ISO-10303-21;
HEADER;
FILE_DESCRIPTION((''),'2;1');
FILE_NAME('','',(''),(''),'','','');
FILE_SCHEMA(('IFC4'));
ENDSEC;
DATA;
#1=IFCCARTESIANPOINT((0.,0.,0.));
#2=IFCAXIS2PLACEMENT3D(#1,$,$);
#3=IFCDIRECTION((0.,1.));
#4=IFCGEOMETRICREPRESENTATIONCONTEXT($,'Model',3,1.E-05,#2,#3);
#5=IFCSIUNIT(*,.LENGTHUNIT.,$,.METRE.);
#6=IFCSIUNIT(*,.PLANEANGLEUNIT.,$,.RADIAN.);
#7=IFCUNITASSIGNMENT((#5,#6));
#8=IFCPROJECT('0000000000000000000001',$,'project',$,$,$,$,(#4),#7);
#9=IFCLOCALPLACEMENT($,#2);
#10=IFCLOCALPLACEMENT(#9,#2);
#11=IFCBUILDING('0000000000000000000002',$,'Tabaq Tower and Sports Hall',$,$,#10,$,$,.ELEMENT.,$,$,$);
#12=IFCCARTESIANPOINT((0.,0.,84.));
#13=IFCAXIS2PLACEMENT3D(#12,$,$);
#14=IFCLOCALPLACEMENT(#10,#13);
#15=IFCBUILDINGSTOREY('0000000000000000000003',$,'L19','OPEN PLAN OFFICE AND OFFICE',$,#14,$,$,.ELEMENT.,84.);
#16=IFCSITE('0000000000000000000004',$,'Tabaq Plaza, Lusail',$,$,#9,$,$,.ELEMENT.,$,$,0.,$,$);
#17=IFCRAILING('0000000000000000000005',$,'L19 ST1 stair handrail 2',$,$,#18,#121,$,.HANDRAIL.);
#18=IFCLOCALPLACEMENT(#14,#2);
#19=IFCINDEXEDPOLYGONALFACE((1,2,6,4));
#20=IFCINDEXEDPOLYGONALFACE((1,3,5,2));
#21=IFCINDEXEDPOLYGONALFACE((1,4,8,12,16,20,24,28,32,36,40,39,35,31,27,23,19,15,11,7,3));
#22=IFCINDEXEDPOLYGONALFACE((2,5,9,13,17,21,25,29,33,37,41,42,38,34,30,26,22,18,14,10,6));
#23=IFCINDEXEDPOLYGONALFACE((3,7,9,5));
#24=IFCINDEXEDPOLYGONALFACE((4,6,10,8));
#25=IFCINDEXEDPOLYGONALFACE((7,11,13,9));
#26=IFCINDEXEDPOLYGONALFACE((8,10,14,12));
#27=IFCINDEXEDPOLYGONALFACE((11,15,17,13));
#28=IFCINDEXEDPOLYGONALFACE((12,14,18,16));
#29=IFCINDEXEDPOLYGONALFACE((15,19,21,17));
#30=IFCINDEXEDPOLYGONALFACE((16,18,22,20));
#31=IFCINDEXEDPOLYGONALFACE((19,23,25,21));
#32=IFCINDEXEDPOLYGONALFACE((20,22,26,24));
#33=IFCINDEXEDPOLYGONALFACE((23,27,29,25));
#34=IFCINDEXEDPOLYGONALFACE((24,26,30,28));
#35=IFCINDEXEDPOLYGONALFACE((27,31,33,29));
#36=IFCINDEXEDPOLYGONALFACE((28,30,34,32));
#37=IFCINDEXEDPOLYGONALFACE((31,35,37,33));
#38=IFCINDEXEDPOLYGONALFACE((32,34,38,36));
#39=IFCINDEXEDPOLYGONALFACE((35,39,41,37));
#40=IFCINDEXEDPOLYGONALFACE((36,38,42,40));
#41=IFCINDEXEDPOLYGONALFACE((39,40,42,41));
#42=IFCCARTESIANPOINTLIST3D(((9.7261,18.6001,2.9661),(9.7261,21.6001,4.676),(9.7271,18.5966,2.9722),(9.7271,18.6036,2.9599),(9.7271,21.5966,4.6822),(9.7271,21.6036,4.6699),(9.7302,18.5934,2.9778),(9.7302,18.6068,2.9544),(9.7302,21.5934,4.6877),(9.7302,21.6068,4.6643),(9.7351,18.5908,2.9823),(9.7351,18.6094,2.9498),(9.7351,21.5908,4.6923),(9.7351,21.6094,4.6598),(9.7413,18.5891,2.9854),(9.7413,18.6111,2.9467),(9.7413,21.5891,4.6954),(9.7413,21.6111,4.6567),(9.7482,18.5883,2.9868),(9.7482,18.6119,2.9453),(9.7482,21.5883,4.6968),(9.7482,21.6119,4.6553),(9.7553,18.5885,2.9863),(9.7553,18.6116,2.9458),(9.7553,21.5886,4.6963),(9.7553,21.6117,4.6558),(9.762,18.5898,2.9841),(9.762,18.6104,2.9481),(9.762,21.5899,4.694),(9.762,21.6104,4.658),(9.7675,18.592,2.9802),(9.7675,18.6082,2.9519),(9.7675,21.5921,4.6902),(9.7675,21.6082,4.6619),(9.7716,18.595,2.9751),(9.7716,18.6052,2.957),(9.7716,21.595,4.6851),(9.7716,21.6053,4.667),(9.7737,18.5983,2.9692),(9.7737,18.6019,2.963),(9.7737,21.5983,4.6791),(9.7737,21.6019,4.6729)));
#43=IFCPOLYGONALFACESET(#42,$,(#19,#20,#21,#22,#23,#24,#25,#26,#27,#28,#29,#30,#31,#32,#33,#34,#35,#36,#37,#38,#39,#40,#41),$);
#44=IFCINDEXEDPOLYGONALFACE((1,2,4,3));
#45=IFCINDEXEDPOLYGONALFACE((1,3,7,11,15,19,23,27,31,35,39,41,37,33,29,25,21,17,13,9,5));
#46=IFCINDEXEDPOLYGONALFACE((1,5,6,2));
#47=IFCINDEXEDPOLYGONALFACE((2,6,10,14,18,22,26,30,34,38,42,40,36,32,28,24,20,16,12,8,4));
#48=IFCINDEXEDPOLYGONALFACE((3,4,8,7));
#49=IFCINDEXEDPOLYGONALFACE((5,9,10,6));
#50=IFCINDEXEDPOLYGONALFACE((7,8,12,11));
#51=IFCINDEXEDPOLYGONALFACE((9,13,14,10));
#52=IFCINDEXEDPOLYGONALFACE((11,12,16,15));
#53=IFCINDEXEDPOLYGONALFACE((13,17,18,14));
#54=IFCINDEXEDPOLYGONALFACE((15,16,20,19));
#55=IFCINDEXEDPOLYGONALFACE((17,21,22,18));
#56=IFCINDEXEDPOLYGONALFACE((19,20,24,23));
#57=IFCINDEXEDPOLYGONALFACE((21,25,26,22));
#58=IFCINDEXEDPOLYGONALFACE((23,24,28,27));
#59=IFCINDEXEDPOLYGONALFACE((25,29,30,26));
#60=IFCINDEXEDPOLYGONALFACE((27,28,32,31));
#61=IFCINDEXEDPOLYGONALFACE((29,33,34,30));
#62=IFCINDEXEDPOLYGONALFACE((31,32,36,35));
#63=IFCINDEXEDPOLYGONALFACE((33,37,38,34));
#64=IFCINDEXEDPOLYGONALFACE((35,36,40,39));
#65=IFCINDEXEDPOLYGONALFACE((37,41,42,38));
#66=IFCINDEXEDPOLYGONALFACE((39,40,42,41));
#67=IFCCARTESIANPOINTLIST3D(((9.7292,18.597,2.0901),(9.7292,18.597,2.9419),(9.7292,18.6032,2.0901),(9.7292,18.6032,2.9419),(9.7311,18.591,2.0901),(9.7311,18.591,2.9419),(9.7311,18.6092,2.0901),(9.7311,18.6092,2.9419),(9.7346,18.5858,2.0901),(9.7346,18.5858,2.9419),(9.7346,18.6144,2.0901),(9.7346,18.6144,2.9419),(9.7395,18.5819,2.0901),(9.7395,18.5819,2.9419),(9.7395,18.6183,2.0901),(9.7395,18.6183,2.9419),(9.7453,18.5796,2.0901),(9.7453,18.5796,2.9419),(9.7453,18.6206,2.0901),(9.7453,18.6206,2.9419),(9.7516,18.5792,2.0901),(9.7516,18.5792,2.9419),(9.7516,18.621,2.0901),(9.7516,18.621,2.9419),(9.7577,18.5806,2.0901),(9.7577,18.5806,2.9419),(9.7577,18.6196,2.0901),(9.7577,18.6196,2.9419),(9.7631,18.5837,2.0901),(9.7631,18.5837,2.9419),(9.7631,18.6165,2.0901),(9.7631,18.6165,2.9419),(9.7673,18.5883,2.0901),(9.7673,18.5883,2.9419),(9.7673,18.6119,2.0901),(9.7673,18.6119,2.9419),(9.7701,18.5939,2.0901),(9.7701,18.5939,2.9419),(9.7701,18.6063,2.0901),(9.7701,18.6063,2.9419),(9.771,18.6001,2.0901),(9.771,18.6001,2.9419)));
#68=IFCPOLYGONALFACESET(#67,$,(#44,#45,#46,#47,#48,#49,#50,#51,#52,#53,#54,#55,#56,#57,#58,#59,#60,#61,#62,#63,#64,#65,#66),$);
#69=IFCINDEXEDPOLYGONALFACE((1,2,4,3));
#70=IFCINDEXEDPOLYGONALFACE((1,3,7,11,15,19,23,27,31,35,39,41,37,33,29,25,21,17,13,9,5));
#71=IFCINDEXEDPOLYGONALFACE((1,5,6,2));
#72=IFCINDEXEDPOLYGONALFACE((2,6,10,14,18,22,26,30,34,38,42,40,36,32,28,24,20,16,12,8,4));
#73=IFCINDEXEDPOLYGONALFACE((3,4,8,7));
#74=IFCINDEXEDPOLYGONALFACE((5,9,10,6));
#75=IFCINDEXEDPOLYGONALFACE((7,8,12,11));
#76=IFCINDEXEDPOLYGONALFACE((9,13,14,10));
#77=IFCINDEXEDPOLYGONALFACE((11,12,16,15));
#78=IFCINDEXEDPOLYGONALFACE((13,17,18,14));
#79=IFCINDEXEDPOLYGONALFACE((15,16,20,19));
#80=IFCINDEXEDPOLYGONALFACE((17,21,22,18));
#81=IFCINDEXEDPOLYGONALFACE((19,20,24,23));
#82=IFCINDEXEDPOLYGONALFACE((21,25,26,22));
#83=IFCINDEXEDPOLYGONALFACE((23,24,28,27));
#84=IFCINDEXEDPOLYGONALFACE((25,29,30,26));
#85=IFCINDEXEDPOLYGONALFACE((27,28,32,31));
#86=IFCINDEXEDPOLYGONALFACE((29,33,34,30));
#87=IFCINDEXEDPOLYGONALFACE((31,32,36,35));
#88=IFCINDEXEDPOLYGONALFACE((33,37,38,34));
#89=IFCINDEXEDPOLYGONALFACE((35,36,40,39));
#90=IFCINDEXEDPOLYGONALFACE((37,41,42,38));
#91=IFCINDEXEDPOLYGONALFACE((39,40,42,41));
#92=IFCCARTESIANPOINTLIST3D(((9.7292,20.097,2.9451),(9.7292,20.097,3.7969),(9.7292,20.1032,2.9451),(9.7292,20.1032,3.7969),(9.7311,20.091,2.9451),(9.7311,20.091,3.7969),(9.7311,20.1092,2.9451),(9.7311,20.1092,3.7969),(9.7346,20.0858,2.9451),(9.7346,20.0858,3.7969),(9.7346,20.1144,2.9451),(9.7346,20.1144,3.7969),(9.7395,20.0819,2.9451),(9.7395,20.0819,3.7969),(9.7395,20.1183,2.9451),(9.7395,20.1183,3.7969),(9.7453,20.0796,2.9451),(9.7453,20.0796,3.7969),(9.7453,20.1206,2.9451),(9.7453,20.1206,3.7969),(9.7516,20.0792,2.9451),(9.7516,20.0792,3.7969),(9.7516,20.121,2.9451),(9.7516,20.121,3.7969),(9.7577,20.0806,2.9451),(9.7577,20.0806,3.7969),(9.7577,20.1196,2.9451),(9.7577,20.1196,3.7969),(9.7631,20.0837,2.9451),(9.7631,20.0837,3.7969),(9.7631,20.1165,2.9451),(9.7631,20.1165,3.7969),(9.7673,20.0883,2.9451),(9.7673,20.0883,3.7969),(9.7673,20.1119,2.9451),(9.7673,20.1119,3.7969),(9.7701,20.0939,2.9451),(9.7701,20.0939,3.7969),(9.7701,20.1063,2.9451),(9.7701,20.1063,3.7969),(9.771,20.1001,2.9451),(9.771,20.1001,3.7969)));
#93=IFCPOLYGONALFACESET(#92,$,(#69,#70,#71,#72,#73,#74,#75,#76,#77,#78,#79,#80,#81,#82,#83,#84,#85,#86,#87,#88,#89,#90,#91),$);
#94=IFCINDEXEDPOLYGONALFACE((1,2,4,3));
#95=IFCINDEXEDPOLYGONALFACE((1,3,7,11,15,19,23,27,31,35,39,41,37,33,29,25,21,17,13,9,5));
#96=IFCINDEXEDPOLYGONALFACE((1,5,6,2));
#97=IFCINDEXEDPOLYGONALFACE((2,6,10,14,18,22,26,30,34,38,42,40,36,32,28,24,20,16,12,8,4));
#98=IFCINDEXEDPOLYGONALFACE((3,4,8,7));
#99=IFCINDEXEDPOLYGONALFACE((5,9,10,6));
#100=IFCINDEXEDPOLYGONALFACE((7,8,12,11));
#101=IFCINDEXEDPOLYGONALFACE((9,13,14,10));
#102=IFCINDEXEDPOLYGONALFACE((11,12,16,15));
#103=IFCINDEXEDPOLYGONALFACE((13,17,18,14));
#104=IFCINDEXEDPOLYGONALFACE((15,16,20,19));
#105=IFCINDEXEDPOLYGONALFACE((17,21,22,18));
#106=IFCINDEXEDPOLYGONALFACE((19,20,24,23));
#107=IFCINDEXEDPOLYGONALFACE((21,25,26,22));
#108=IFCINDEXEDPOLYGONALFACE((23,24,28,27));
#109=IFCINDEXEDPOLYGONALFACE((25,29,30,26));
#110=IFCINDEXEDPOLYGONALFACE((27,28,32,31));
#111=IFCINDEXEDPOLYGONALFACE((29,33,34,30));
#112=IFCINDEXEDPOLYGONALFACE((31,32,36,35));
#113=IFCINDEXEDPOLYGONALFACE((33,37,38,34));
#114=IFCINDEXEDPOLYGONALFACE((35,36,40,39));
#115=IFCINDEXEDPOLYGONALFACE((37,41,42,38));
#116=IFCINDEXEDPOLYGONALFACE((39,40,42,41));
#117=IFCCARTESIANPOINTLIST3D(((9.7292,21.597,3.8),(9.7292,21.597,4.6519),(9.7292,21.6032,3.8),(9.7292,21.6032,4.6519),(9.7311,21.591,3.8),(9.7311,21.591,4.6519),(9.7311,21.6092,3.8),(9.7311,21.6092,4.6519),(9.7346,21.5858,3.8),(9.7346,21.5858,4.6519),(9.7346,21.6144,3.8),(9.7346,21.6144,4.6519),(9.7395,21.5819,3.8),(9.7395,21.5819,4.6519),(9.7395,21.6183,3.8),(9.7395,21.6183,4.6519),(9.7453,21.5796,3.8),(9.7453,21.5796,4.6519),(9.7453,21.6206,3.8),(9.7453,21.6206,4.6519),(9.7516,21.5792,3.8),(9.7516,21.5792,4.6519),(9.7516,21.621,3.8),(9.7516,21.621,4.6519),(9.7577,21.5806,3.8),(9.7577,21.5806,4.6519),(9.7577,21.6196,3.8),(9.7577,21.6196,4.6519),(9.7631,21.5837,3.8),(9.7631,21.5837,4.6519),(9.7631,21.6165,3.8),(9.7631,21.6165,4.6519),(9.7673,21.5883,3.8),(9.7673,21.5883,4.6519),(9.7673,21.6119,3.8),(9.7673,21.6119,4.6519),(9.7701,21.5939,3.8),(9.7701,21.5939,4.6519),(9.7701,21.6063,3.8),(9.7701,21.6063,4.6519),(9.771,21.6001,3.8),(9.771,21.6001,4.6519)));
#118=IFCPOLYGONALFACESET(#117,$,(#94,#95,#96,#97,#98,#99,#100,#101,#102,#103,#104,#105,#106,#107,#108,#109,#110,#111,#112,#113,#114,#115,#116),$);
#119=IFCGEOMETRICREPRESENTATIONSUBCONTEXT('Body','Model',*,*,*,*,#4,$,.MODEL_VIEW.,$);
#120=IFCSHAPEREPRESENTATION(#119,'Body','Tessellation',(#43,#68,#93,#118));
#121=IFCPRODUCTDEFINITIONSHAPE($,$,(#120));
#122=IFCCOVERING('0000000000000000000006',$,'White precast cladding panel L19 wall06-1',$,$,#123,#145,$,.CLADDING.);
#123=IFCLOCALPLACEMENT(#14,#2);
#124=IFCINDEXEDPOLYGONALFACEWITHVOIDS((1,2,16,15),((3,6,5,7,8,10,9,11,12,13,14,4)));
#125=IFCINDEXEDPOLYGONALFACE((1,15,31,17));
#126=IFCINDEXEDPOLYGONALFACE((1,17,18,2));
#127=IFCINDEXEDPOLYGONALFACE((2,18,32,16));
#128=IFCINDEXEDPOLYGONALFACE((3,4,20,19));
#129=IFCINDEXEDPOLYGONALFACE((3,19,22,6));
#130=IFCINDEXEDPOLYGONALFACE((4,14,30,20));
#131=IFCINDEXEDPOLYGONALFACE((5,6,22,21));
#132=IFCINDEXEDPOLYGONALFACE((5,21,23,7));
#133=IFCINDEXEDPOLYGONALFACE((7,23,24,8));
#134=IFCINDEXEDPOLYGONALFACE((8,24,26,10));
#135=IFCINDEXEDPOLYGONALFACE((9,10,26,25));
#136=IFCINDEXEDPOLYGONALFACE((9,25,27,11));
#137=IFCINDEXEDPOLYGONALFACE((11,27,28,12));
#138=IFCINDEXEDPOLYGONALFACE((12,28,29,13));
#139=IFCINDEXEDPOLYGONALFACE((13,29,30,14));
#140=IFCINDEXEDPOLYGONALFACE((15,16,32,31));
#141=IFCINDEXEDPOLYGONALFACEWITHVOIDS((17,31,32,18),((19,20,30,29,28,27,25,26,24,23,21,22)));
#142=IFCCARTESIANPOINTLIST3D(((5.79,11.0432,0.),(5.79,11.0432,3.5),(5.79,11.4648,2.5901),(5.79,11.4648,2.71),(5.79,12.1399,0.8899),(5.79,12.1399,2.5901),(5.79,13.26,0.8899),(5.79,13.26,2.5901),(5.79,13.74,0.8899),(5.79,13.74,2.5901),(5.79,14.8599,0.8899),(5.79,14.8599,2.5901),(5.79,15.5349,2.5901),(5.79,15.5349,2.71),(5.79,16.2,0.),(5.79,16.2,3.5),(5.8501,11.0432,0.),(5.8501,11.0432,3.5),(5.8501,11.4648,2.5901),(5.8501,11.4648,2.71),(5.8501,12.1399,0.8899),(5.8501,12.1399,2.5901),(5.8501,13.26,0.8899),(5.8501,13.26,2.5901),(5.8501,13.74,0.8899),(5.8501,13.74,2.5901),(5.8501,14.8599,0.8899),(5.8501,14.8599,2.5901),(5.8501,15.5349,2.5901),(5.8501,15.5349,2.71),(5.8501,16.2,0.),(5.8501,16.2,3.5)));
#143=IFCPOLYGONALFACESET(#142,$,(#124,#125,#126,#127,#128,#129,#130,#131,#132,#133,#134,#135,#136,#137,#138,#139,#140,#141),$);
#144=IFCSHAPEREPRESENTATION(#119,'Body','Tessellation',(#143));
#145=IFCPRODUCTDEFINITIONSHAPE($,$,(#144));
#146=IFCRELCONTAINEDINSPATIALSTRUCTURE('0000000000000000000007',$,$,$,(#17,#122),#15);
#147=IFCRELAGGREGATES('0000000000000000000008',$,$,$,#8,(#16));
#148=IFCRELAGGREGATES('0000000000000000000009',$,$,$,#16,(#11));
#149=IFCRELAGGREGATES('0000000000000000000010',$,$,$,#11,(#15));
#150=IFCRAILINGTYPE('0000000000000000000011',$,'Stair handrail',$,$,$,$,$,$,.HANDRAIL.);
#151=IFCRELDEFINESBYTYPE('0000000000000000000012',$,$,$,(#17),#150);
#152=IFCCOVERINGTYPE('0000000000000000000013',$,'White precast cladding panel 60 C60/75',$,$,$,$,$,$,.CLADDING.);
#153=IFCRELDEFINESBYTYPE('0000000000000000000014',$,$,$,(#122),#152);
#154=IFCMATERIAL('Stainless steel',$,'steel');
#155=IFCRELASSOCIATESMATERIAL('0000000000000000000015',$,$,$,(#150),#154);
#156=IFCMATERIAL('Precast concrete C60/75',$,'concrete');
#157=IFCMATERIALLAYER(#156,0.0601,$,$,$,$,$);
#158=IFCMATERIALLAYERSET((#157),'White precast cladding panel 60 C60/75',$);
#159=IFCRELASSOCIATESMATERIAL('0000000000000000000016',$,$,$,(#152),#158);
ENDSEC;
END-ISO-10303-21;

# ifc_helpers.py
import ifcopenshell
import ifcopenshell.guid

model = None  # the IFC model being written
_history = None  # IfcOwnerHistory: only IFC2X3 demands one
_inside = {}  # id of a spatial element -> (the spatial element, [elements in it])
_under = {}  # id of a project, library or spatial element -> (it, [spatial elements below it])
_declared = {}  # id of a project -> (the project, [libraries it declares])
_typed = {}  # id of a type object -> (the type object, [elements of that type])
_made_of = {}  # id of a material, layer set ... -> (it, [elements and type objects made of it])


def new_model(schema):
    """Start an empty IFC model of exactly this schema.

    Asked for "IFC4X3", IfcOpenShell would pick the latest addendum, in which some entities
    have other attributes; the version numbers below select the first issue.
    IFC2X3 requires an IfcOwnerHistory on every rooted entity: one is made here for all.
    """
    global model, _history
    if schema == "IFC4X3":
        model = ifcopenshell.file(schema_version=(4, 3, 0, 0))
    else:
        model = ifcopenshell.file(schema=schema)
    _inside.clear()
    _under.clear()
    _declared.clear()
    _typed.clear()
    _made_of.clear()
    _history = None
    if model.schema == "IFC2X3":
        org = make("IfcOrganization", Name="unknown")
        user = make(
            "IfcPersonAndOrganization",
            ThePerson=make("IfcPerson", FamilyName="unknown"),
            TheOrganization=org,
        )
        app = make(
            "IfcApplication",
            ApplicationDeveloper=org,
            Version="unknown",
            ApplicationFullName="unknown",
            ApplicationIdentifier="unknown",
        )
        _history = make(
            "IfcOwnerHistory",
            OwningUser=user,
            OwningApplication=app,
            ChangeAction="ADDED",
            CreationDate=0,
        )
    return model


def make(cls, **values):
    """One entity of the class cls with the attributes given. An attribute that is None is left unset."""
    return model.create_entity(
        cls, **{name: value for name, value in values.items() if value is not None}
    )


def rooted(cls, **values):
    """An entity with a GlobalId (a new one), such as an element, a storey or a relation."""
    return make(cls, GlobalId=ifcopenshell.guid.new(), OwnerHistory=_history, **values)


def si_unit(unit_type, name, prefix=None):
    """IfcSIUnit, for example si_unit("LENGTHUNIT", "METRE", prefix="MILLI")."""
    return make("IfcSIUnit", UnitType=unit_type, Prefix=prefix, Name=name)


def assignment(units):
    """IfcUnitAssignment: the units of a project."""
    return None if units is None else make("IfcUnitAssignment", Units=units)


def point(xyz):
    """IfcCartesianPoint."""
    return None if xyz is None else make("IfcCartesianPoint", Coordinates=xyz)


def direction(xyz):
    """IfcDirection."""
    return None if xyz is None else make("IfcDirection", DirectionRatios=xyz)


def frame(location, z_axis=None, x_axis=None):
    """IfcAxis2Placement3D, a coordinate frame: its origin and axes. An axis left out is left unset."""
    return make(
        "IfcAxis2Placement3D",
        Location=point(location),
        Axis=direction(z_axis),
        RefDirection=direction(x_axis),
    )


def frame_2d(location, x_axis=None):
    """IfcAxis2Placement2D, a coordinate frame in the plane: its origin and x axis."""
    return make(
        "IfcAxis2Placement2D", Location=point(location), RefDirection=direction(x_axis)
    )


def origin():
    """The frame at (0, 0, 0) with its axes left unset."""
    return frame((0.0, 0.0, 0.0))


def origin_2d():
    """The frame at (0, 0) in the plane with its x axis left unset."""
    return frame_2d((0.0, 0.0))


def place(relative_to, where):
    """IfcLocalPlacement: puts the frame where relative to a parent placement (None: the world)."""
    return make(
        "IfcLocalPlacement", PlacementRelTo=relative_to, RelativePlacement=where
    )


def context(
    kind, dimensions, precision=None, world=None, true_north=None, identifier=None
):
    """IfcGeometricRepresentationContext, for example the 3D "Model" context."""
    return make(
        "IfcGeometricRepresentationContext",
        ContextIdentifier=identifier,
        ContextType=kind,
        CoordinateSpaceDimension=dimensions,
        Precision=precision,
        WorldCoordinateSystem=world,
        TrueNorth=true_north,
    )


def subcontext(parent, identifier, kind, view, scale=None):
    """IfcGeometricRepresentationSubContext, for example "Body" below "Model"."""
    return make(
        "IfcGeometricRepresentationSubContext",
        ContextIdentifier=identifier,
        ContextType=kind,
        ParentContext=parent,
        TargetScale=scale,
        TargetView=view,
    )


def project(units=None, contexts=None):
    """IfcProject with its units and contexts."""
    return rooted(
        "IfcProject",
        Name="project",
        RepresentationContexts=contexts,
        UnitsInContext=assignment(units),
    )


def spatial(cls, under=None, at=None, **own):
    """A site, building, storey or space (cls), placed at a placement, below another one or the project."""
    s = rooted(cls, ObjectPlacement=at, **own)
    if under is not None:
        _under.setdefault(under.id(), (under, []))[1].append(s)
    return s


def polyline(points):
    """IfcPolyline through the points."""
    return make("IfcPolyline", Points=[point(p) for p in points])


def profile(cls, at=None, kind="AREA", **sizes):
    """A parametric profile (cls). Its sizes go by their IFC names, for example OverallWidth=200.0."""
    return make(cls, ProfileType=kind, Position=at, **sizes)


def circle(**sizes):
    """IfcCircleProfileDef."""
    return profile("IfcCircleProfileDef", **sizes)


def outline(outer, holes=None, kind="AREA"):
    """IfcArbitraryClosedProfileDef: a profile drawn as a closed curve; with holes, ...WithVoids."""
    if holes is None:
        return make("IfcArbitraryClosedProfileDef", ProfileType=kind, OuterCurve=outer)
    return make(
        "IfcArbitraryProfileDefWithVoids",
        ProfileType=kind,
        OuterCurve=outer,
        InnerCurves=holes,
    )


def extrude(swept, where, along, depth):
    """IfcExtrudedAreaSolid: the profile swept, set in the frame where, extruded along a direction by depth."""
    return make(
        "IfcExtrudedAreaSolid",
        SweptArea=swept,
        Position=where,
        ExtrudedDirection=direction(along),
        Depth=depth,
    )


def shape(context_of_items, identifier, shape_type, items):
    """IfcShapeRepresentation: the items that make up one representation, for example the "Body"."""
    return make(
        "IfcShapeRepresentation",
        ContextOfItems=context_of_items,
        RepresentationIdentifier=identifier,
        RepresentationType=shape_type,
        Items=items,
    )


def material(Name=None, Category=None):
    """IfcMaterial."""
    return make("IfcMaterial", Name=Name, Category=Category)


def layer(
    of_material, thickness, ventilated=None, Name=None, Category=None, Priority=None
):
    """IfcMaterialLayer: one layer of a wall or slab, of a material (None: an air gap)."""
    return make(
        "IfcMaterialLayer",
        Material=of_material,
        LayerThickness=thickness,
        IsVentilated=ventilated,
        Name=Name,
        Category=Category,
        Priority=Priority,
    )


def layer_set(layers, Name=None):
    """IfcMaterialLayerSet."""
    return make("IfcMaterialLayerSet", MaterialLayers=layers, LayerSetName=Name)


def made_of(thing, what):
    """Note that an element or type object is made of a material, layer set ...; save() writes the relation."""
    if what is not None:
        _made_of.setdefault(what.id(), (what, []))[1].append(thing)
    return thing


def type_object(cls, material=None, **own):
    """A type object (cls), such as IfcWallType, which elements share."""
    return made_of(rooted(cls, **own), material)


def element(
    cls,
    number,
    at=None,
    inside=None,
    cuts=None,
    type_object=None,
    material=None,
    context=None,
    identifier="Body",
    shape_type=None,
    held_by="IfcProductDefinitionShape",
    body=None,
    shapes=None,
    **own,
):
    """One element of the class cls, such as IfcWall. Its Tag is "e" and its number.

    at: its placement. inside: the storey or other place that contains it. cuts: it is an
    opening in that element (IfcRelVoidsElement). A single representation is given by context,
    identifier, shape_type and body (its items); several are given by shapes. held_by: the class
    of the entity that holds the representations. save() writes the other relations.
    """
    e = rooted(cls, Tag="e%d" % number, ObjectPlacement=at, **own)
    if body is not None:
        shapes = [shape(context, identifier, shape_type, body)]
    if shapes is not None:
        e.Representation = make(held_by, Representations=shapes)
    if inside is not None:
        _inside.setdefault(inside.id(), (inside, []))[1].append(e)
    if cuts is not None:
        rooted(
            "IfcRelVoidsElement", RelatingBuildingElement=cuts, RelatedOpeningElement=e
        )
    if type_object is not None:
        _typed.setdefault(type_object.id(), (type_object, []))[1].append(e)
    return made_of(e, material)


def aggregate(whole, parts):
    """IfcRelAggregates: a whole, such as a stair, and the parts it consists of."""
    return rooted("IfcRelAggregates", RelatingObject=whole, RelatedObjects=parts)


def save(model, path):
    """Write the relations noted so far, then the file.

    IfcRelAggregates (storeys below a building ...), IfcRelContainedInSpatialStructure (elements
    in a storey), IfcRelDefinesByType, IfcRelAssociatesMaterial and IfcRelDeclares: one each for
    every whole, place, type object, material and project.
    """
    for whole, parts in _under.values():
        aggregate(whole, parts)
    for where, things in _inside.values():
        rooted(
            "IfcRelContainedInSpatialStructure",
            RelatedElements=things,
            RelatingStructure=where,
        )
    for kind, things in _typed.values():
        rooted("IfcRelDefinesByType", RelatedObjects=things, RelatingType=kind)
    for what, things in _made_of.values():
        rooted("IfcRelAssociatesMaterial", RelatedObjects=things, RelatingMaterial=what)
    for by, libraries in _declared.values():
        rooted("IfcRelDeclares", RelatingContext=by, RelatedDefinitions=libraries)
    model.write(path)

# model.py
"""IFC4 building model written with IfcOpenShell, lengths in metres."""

from ifc_helpers import new_model, si_unit, direction, frame, origin, origin_2d, place, context, subcontext, project, spatial, polyline, circle, outline, extrude, material, layer, layer_set, type_object, element, save


model = new_model("IFC4")

# Units and contexts
model_context = context("Model", 3, precision=1e-05, world=origin(), true_north=direction((0.0, 1.0)))
body_context = subcontext(model_context, "Body", "Model", "MODEL_VIEW")
ifc_project = project(units=[si_unit("LENGTHUNIT", "METRE"), si_unit("PLANEANGLEUNIT", "RADIAN")], contexts=[model_context])

# Site, building, storey
site_placement = place(None, origin())
site = spatial("IfcSite", under=ifc_project, at=site_placement, Name="Tabaq Plaza, Lusail", CompositionType="ELEMENT", RefElevation=0.0)
building_placement = place(site_placement, origin())
building = spatial("IfcBuilding", under=site, at=building_placement, Name="Tabaq Tower and Sports Hall", CompositionType="ELEMENT")
storey_placement = place(building_placement, frame((0.0, 0.0, 84.0)))
storey = spatial("IfcBuildingStorey", under=building, at=storey_placement, Name="L19", Description="OPEN PLAN OFFICE AND OFFICE", CompositionType="ELEMENT", Elevation=84.0)

# Railing
ifc_material_1 = material(Name="Stainless steel", Category="steel")
railing_type = type_object("IfcRailingType", Name="Stair handrail", PredefinedType="HANDRAIL", material=ifc_material_1)
railing_placement = place(storey_placement, frame((9.75, 18.6001, 2.0901)))
element("IfcRailing", 1, at=railing_placement, inside=storey, type_object=railing_type, Name="L19 ST1 stair handrail 2", PredefinedType="HANDRAIL", context=body_context, shape_type="SweptSolid", body=[
    extrude(circle(Radius=0.0239, at=origin_2d()), frame((0.0, 0.0, 0.876), z_axis=(0.0, 0.868782, 0.495195), x_axis=(-1.0, 0.0, 0.0)), (0.0, 0.0, 1.0), 3.4531),
    extrude(circle(Radius=0.021, at=origin_2d()), origin(), (0.0, 0.0, 1.0), 0.8518),
    extrude(circle(Radius=0.021, at=origin_2d()), frame((0.0, 1.5, 0.855)), (0.0, 0.0, 1.0), 0.8518),
    extrude(circle(Radius=0.021, at=origin_2d()), frame((0.0, 3.0, 1.71)), (0.0, 0.0, 1.0), 0.8518),
])

# Covering
ifc_material_2 = material(Name="Precast concrete C60/75", Category="concrete")
ifc_layer_1 = layer(ifc_material_2, 0.0601)
ifc_layer_set_1 = layer_set([ifc_layer_1], Name="White precast cladding panel 60 C60/75")
covering_type = type_object("IfcCoveringType", Name="White precast cladding panel 60 C60/75", PredefinedType="CLADDING", material=ifc_layer_set_1)
covering_placement = place(storey_placement, frame((5.8201, 16.2, 0.0), z_axis=(0.0, 0.0, 1.0), x_axis=(0.0, -1.0, 0.0)))
element("IfcCovering", 2, at=covering_placement, inside=storey, type_object=covering_type, Name="White precast cladding panel L19 wall06-1", PredefinedType="CLADDING", context=body_context, shape_type="SweptSolid", body=[
    extrude(outline(polyline([(0.0, 0.0), (5.1567, 0.0), (5.1567, 3.5), (0.0, 3.5), (0.0, 0.0)]), holes=[polyline([(1.3401, 2.5901), (0.665, 2.5901), (0.665, 2.71), (4.7351, 2.71), (4.7351, 2.5901), (4.0601, 2.5901), (4.0601, 0.8899), (2.9399, 0.8899), (2.9399, 2.5901), (2.46, 2.5901), (2.46, 0.8899), (1.3401, 0.8899), (1.3401, 2.5901)])]), frame((0.0, 0.03, 0.0), z_axis=(0.0, -1.0, 0.0), x_axis=(1.0, 0.0, 0.0)), (0.0, 0.0, 1.0), 0.0601),
])

save(model, "model.ifc")
